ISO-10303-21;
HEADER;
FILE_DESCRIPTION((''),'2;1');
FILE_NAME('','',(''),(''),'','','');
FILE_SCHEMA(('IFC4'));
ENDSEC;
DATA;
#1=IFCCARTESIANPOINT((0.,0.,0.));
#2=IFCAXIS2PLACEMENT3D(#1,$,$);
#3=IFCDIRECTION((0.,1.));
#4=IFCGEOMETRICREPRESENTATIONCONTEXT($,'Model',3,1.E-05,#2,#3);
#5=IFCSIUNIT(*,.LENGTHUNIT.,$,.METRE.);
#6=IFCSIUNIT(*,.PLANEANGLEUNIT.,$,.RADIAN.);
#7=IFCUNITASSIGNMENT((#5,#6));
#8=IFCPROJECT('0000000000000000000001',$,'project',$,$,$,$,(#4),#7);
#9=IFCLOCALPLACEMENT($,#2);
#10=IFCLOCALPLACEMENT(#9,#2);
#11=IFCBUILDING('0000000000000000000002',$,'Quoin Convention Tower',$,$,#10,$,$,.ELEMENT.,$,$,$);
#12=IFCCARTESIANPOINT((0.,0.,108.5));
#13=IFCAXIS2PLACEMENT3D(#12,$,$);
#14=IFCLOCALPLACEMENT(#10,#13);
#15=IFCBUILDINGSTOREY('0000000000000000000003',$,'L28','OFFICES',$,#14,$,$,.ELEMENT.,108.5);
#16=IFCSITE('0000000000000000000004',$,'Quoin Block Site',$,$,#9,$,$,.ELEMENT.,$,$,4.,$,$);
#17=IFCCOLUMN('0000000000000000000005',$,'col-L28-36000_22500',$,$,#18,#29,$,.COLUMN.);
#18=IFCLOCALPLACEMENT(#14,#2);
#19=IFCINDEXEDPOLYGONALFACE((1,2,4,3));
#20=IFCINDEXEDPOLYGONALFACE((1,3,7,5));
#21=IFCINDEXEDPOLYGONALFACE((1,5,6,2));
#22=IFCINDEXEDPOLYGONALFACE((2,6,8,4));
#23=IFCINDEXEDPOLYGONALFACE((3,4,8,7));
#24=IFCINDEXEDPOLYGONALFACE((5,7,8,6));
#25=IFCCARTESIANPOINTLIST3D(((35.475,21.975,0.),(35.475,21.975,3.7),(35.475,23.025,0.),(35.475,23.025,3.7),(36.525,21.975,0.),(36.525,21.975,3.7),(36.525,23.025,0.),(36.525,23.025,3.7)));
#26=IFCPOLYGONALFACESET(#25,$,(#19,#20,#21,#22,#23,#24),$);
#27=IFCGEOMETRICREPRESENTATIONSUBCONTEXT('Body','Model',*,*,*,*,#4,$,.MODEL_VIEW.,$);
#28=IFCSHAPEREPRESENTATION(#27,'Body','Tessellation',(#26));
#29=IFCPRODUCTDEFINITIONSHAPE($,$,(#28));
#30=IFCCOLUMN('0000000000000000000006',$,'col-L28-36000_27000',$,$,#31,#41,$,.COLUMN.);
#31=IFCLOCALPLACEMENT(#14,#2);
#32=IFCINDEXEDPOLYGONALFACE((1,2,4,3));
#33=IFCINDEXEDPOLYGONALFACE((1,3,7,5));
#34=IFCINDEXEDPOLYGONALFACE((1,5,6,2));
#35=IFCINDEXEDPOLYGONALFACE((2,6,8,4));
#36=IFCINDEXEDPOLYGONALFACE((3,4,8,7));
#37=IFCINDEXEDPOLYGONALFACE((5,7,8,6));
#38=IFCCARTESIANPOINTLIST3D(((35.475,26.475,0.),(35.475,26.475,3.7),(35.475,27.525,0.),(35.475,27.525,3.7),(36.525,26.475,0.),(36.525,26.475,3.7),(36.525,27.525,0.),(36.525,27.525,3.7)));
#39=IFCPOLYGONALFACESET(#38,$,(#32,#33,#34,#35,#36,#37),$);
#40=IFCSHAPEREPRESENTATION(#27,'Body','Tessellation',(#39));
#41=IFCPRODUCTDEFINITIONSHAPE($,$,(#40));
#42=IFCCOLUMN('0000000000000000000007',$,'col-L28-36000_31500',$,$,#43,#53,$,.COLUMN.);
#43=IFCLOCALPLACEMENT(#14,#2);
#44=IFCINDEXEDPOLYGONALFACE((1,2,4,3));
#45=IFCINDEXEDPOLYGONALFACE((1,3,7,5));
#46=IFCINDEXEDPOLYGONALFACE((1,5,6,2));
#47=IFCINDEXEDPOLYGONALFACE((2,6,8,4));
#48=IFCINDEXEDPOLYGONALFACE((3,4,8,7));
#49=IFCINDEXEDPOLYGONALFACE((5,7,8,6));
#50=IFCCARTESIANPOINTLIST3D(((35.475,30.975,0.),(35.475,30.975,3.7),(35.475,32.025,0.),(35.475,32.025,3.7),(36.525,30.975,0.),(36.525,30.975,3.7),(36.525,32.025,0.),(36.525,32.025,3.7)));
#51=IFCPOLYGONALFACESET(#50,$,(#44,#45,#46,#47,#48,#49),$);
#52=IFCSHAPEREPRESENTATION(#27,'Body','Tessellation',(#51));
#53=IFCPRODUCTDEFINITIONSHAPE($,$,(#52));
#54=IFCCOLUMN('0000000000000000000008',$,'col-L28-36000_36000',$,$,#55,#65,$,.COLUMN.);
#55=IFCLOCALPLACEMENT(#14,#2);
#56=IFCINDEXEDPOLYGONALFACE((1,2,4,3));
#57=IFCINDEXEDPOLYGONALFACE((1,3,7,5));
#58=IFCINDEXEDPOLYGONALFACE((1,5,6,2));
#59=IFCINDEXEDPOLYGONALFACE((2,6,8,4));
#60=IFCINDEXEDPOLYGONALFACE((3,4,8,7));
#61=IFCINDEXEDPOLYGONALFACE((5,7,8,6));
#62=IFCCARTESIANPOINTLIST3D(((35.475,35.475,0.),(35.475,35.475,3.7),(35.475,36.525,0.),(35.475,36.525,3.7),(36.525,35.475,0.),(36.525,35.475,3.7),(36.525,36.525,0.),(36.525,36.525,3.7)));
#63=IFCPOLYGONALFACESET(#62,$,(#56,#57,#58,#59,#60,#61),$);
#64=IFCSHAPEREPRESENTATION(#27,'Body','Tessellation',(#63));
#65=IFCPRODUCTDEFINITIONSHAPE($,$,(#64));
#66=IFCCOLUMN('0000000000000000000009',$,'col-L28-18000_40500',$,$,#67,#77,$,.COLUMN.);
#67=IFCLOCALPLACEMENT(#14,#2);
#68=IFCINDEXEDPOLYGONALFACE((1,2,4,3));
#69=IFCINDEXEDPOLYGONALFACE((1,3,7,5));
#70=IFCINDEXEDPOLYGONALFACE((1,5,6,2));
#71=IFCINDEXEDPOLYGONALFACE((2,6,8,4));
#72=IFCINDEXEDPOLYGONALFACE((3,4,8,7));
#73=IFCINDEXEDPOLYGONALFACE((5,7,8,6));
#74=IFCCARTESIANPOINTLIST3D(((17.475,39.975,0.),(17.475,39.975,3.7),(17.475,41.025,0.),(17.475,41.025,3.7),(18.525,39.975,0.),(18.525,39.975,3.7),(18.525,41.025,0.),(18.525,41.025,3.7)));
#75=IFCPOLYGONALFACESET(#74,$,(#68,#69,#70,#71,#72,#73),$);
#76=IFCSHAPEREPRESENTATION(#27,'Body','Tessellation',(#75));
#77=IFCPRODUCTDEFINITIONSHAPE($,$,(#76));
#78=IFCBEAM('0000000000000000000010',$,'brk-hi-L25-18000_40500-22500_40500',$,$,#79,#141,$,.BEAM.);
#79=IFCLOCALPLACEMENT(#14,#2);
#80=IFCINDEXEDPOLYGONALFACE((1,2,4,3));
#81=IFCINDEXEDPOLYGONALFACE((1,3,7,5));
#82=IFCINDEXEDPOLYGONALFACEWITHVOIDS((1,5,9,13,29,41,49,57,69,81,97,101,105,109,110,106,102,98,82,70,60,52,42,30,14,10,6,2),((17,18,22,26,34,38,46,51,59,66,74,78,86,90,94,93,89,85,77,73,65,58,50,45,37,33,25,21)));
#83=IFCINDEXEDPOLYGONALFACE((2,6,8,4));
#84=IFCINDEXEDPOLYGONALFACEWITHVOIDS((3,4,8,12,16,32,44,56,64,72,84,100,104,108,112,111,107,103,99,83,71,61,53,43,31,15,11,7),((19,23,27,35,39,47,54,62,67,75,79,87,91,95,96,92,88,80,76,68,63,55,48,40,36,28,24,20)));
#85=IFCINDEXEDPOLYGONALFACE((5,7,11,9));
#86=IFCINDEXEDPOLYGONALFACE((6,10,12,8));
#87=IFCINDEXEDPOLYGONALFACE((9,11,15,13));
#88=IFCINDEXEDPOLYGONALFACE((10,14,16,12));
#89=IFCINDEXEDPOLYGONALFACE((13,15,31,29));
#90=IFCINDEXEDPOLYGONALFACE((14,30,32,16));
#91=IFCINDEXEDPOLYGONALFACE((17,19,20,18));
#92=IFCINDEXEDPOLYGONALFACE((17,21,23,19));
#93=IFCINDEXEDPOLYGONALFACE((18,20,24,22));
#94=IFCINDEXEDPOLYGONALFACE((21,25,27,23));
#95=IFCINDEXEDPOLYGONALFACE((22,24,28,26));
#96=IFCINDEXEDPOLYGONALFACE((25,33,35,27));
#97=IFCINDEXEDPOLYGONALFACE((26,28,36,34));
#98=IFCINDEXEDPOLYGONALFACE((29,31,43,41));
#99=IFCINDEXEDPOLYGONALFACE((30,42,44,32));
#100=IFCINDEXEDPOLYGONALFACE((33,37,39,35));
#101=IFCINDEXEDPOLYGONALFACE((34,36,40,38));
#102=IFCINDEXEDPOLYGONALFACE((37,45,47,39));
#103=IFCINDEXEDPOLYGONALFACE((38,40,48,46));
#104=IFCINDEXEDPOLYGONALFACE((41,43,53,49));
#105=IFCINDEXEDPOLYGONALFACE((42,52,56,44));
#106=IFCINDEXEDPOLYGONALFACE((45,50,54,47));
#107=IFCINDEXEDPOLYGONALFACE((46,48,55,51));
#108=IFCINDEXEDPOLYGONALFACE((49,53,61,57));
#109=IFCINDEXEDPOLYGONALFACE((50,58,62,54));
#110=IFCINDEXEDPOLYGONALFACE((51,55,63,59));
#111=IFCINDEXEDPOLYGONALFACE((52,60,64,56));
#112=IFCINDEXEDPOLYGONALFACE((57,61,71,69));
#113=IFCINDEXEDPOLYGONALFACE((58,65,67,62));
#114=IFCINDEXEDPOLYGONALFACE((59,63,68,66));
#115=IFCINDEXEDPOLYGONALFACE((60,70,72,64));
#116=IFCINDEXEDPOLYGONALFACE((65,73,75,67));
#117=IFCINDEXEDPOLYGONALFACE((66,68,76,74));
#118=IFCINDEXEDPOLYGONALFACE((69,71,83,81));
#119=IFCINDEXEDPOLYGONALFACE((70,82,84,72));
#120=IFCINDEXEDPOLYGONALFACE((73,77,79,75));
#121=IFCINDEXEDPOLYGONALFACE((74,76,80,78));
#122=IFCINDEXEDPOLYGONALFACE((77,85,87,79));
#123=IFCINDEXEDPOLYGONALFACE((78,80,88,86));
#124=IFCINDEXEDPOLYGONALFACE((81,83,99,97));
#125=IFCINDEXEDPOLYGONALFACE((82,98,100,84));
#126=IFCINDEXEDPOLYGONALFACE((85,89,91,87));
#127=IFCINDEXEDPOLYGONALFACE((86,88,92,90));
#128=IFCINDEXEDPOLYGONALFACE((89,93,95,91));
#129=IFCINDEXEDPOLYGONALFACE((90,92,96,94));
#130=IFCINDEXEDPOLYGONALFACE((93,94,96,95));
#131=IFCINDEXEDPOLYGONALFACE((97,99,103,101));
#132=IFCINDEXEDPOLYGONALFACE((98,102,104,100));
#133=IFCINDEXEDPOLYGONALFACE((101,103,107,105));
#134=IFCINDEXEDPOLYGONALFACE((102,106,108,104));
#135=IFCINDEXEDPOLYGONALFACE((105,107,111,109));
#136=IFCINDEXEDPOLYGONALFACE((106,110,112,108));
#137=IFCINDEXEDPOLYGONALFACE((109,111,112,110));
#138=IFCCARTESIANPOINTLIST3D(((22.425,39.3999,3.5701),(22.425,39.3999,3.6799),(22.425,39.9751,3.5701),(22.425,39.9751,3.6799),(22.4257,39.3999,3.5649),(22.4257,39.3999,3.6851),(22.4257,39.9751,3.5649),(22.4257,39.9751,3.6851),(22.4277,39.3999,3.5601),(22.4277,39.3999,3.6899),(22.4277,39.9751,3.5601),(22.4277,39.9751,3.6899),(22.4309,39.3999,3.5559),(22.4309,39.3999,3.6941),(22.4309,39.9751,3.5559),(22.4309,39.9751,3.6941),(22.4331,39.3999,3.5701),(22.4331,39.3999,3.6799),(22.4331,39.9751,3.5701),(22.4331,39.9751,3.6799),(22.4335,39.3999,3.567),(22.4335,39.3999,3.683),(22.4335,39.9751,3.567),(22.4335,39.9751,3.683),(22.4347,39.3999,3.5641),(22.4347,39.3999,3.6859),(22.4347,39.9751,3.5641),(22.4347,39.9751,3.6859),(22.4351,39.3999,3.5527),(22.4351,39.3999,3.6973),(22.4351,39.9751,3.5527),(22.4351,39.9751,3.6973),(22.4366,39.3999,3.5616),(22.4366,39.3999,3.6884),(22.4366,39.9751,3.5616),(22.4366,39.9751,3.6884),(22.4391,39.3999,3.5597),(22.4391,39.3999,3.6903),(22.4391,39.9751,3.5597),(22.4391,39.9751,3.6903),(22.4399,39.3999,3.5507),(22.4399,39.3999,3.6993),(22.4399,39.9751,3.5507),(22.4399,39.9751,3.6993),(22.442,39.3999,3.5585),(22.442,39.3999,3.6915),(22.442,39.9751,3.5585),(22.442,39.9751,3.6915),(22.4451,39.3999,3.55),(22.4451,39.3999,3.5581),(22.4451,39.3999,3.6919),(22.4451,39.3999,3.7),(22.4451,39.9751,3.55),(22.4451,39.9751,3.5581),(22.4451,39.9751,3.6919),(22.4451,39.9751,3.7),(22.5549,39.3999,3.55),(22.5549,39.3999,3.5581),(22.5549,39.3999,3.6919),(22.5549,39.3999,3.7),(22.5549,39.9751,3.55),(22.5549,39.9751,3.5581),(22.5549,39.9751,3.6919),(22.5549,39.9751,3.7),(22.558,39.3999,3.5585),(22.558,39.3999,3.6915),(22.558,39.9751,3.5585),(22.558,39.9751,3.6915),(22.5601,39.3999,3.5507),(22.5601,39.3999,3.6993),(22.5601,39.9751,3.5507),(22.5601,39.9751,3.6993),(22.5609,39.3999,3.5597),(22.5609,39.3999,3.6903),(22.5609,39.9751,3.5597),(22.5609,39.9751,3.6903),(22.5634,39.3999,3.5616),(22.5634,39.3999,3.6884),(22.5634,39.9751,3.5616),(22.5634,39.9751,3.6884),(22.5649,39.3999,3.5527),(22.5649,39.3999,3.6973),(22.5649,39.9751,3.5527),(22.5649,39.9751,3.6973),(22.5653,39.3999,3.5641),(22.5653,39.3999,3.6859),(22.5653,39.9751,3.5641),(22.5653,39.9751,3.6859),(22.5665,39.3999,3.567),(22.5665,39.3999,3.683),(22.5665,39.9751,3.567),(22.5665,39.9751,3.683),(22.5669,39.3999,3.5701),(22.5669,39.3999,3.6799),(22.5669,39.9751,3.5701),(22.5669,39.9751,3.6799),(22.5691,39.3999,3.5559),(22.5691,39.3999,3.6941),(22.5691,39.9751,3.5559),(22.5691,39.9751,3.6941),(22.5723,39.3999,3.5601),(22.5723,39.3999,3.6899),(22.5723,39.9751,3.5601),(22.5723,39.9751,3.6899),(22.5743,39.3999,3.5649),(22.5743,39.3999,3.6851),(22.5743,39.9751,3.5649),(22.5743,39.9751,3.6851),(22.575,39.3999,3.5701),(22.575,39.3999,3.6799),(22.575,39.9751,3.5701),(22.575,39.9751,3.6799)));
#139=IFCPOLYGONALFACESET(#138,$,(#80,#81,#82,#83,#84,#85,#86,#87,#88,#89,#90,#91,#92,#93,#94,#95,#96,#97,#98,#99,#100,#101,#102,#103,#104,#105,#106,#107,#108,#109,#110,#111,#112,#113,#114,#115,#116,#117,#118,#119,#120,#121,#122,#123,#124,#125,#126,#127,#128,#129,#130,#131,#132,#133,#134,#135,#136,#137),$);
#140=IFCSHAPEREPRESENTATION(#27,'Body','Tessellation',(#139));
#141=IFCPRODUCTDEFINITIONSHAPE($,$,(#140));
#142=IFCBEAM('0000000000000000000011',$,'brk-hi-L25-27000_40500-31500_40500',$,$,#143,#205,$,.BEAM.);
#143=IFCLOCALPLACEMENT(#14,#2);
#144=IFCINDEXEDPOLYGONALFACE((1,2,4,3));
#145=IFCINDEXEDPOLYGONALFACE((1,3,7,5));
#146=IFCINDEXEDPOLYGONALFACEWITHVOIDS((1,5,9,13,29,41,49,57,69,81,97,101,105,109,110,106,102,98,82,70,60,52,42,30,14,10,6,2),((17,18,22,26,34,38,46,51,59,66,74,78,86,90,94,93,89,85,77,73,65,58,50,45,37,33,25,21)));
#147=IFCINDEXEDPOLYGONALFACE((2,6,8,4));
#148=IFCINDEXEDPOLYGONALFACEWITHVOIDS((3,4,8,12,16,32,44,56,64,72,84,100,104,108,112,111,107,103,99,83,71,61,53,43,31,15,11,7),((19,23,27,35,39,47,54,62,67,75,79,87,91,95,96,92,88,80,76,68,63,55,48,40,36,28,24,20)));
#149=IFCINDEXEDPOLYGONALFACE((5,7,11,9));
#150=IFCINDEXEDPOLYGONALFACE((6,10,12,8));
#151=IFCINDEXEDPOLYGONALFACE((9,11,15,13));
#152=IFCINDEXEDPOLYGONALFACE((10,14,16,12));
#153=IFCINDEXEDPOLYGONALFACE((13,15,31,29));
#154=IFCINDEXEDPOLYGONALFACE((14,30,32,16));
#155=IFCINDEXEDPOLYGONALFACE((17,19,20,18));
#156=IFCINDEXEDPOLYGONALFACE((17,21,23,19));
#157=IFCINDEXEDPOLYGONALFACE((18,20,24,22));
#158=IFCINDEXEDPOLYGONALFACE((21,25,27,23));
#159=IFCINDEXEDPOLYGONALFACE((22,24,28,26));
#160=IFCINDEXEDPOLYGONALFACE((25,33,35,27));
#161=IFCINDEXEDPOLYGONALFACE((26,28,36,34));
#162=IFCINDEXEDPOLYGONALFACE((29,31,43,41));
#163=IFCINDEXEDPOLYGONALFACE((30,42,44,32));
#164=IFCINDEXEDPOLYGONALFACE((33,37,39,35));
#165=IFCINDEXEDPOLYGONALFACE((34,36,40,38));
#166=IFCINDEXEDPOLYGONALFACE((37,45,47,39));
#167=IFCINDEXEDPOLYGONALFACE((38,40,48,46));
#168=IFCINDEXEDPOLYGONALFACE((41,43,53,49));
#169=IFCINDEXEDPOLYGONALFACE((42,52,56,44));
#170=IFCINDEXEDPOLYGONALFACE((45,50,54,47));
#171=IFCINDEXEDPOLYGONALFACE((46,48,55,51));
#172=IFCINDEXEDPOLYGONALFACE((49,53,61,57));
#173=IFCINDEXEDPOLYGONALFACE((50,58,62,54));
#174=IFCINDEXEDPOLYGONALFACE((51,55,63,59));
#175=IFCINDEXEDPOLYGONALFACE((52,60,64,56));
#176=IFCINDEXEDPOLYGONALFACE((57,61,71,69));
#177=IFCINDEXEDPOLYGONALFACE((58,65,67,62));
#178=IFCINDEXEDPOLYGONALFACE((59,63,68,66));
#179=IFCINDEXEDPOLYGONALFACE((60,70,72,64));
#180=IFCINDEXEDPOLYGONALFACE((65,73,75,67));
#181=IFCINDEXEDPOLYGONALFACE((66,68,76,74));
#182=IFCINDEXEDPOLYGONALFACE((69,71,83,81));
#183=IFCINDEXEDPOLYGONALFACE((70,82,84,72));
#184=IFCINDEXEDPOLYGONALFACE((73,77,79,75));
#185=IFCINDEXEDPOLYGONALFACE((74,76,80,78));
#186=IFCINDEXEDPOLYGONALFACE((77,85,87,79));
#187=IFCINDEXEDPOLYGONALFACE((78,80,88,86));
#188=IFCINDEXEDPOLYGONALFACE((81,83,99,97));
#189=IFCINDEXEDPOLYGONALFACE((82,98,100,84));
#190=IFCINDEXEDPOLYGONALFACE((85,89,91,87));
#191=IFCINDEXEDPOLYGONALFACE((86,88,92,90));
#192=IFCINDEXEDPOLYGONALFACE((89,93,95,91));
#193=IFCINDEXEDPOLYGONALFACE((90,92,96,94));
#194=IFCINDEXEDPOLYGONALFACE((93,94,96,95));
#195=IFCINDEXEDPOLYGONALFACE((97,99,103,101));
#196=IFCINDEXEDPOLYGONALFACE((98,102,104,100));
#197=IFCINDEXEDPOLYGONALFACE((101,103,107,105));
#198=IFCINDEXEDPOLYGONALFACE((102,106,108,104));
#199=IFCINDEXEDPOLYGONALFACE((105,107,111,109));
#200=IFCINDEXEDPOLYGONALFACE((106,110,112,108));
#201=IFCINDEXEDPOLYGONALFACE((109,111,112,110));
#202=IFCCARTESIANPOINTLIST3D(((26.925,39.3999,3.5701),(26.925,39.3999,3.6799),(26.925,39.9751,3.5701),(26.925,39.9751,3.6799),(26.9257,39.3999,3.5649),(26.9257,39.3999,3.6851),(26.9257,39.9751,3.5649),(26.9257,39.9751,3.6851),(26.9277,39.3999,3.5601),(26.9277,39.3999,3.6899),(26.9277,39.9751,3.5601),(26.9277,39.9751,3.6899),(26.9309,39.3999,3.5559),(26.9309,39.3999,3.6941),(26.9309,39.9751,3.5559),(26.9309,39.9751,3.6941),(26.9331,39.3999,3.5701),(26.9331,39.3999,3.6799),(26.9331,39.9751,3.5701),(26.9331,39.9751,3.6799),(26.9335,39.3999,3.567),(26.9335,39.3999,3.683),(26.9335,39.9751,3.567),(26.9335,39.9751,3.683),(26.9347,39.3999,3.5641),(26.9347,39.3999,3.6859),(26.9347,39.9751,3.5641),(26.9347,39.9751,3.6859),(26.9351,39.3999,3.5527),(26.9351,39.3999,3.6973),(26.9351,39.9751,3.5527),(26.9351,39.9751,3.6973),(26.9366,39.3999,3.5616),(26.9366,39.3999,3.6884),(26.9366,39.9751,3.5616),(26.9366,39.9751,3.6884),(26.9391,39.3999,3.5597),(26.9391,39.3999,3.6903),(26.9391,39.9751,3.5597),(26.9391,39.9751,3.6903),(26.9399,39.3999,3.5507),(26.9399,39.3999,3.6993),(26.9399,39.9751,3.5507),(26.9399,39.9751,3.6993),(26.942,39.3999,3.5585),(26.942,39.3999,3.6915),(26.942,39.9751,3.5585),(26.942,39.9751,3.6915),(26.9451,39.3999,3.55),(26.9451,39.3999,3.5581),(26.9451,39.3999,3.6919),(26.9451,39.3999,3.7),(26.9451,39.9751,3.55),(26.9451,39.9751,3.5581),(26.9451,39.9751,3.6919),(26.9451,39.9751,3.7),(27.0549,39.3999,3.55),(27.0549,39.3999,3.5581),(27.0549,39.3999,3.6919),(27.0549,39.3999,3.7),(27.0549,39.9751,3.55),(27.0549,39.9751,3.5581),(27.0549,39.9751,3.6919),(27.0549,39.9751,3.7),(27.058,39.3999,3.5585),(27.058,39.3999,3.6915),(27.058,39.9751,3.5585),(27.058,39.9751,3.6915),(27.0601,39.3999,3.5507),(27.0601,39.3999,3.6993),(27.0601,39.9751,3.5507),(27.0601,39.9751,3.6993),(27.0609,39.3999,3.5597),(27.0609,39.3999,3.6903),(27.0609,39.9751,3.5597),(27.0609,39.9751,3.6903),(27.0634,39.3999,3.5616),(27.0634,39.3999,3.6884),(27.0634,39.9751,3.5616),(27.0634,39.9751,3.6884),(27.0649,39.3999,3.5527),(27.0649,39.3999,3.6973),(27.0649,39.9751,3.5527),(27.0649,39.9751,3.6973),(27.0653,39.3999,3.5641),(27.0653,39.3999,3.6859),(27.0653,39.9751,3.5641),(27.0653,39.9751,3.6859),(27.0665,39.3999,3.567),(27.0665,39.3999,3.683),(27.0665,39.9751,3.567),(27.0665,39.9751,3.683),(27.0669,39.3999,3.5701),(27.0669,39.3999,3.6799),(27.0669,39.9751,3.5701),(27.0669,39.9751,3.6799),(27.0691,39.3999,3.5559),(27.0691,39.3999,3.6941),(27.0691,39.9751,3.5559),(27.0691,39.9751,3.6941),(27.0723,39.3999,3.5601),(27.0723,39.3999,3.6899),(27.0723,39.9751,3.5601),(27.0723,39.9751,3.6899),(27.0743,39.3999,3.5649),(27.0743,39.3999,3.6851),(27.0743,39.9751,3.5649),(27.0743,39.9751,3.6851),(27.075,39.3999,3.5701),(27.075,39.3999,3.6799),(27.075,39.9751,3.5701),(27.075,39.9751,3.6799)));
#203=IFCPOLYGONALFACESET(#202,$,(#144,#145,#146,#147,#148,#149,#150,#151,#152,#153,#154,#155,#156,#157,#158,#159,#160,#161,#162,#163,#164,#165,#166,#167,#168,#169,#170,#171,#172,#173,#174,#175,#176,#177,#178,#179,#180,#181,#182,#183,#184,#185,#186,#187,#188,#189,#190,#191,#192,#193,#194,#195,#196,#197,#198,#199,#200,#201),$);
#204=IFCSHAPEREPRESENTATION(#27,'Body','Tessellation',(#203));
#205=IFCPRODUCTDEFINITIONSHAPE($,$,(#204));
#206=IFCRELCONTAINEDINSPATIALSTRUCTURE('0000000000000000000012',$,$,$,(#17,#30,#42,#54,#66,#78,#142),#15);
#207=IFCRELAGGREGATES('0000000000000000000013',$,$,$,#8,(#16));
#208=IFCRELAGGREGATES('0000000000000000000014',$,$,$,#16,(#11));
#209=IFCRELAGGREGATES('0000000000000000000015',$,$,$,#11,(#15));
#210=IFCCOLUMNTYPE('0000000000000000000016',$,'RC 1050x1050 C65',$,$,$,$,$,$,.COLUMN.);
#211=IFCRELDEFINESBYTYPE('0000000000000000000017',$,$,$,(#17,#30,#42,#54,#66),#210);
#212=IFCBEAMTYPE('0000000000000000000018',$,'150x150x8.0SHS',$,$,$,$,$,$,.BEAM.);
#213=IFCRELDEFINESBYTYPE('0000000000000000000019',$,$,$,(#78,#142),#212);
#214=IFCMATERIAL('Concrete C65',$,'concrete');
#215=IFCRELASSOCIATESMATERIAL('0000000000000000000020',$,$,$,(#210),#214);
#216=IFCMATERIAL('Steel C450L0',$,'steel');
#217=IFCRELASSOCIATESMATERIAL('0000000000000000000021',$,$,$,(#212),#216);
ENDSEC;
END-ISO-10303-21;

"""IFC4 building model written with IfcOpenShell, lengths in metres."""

from ifc_helpers import new_model, si_unit, direction, frame, origin, origin_2d, place, context, subcontext, project, spatial, rectangle, hollow_rectangle, extrude, material, material_profile, profile_set, type_object, element, save


model = new_model("IFC4")

# Units and contexts
model_context = context("Model", 3, precision=1e-05, world=origin(), true_north=direction((0.0, 1.0)))
body_context = subcontext(model_context, "Body", "Model", "MODEL_VIEW")
ifc_project = project(units=[si_unit("LENGTHUNIT", "METRE"), si_unit("PLANEANGLEUNIT", "RADIAN")], contexts=[model_context])

# Site, building, storey
site_placement = place(None, origin())
site = spatial("IfcSite", under=ifc_project, at=site_placement, Name="Quoin Block Site", CompositionType="ELEMENT", RefElevation=4.0)
building_placement = place(site_placement, origin())
building = spatial("IfcBuilding", under=site, at=building_placement, Name="Quoin Convention Tower", CompositionType="ELEMENT")
storey_placement = place(building_placement, frame((0.0, 0.0, 108.5)))
storey = spatial("IfcBuildingStorey", under=building, at=storey_placement, Name="L28", Description="OFFICES", CompositionType="ELEMENT", Elevation=108.5)

# Columns
ifc_material_1 = material(Name="Concrete C65", Category="concrete")
ifc_material_profile_1 = material_profile(ifc_material_1, rectangle(XDim=1.05, YDim=1.05, at=origin_2d()), Name="RC 1050x1050")
ifc_profile_set_1 = profile_set([ifc_material_profile_1], Name="Concrete C65")
column_type = type_object("IfcColumnType", Name="RC 1050x1050 C65", PredefinedType="COLUMN", material=ifc_profile_set_1)
for number, where, z_axis, x_axis, name in (
    (1, (36.0, 22.5, 0.0), (0.0, 0.0, 1.0), (1.0, 0.0, 0.0), "col-L28-36000_22500"),
    (2, (36.0, 27.0, 0.0), (0.0, 0.0, 1.0), (1.0, 0.0, 0.0), "col-L28-36000_27000"),
    (3, (36.0, 31.5, 0.0), (0.0, 0.0, 1.0), (1.0, 0.0, 0.0), "col-L28-36000_31500"),
    (4, (36.0, 36.0, 0.0), (0.0, 0.0, 1.0), (1.0, 0.0, 0.0), "col-L28-36000_36000"),
    (5, (18.0, 40.5, 0.0), (0.0, 0.0, 1.0), (1.0, 0.0, 0.0), "col-L28-18000_40500"),
):
    element("IfcColumn", number, at=place(storey_placement, frame(where, z_axis=z_axis, x_axis=x_axis)), inside=storey, type_object=column_type, Name=name, PredefinedType="COLUMN", context=body_context, shape_type="SweptSolid", body=[
        extrude(rectangle(XDim=1.05, YDim=1.05, at=origin_2d()), origin(), (0.0, 0.0, 1.0), 3.7),
    ])

# Beams
ifc_material_2 = material(Name="Steel C450L0", Category="steel")
ifc_material_profile_2 = material_profile(ifc_material_2, hollow_rectangle(XDim=0.1499, YDim=0.1499, WallThickness=0.0081, InnerFilletRadius=0.012, OuterFilletRadius=0.02, at=origin_2d()), Name="150x150x8.0SHS")
ifc_profile_set_2 = profile_set([ifc_material_profile_2], Name="Steel C450L0")
beam_type_1 = type_object("IfcBeamType", Name="150x150x8.0SHS", PredefinedType="BEAM", material=ifc_profile_set_2)
for number, where, z_axis, x_axis, name in (
    (6, (22.5, 39.9751, 3.625), (0.0, -1.0, 0.0), (1.0, 0.0, 0.0), "brk-hi-L25-18000_40500-22500_40500"),
    (7, (27.0, 39.9751, 3.625), (0.0, -1.0, 0.0), (1.0, 0.0, 0.0), "brk-hi-L25-27000_40500-31500_40500"),
):
    element("IfcBeam", number, at=place(storey_placement, frame(where, z_axis=z_axis, x_axis=x_axis)), inside=storey, type_object=beam_type_1, Name=name, PredefinedType="BEAM", context=body_context, shape_type="SweptSolid", body=[
        extrude(hollow_rectangle(XDim=0.1499, YDim=0.1499, WallThickness=0.0081, InnerFilletRadius=0.012, OuterFilletRadius=0.02, at=origin_2d()), origin(), (0.0, 0.0, 1.0), 0.5752),
    ])

save(model, "model.ifc")
